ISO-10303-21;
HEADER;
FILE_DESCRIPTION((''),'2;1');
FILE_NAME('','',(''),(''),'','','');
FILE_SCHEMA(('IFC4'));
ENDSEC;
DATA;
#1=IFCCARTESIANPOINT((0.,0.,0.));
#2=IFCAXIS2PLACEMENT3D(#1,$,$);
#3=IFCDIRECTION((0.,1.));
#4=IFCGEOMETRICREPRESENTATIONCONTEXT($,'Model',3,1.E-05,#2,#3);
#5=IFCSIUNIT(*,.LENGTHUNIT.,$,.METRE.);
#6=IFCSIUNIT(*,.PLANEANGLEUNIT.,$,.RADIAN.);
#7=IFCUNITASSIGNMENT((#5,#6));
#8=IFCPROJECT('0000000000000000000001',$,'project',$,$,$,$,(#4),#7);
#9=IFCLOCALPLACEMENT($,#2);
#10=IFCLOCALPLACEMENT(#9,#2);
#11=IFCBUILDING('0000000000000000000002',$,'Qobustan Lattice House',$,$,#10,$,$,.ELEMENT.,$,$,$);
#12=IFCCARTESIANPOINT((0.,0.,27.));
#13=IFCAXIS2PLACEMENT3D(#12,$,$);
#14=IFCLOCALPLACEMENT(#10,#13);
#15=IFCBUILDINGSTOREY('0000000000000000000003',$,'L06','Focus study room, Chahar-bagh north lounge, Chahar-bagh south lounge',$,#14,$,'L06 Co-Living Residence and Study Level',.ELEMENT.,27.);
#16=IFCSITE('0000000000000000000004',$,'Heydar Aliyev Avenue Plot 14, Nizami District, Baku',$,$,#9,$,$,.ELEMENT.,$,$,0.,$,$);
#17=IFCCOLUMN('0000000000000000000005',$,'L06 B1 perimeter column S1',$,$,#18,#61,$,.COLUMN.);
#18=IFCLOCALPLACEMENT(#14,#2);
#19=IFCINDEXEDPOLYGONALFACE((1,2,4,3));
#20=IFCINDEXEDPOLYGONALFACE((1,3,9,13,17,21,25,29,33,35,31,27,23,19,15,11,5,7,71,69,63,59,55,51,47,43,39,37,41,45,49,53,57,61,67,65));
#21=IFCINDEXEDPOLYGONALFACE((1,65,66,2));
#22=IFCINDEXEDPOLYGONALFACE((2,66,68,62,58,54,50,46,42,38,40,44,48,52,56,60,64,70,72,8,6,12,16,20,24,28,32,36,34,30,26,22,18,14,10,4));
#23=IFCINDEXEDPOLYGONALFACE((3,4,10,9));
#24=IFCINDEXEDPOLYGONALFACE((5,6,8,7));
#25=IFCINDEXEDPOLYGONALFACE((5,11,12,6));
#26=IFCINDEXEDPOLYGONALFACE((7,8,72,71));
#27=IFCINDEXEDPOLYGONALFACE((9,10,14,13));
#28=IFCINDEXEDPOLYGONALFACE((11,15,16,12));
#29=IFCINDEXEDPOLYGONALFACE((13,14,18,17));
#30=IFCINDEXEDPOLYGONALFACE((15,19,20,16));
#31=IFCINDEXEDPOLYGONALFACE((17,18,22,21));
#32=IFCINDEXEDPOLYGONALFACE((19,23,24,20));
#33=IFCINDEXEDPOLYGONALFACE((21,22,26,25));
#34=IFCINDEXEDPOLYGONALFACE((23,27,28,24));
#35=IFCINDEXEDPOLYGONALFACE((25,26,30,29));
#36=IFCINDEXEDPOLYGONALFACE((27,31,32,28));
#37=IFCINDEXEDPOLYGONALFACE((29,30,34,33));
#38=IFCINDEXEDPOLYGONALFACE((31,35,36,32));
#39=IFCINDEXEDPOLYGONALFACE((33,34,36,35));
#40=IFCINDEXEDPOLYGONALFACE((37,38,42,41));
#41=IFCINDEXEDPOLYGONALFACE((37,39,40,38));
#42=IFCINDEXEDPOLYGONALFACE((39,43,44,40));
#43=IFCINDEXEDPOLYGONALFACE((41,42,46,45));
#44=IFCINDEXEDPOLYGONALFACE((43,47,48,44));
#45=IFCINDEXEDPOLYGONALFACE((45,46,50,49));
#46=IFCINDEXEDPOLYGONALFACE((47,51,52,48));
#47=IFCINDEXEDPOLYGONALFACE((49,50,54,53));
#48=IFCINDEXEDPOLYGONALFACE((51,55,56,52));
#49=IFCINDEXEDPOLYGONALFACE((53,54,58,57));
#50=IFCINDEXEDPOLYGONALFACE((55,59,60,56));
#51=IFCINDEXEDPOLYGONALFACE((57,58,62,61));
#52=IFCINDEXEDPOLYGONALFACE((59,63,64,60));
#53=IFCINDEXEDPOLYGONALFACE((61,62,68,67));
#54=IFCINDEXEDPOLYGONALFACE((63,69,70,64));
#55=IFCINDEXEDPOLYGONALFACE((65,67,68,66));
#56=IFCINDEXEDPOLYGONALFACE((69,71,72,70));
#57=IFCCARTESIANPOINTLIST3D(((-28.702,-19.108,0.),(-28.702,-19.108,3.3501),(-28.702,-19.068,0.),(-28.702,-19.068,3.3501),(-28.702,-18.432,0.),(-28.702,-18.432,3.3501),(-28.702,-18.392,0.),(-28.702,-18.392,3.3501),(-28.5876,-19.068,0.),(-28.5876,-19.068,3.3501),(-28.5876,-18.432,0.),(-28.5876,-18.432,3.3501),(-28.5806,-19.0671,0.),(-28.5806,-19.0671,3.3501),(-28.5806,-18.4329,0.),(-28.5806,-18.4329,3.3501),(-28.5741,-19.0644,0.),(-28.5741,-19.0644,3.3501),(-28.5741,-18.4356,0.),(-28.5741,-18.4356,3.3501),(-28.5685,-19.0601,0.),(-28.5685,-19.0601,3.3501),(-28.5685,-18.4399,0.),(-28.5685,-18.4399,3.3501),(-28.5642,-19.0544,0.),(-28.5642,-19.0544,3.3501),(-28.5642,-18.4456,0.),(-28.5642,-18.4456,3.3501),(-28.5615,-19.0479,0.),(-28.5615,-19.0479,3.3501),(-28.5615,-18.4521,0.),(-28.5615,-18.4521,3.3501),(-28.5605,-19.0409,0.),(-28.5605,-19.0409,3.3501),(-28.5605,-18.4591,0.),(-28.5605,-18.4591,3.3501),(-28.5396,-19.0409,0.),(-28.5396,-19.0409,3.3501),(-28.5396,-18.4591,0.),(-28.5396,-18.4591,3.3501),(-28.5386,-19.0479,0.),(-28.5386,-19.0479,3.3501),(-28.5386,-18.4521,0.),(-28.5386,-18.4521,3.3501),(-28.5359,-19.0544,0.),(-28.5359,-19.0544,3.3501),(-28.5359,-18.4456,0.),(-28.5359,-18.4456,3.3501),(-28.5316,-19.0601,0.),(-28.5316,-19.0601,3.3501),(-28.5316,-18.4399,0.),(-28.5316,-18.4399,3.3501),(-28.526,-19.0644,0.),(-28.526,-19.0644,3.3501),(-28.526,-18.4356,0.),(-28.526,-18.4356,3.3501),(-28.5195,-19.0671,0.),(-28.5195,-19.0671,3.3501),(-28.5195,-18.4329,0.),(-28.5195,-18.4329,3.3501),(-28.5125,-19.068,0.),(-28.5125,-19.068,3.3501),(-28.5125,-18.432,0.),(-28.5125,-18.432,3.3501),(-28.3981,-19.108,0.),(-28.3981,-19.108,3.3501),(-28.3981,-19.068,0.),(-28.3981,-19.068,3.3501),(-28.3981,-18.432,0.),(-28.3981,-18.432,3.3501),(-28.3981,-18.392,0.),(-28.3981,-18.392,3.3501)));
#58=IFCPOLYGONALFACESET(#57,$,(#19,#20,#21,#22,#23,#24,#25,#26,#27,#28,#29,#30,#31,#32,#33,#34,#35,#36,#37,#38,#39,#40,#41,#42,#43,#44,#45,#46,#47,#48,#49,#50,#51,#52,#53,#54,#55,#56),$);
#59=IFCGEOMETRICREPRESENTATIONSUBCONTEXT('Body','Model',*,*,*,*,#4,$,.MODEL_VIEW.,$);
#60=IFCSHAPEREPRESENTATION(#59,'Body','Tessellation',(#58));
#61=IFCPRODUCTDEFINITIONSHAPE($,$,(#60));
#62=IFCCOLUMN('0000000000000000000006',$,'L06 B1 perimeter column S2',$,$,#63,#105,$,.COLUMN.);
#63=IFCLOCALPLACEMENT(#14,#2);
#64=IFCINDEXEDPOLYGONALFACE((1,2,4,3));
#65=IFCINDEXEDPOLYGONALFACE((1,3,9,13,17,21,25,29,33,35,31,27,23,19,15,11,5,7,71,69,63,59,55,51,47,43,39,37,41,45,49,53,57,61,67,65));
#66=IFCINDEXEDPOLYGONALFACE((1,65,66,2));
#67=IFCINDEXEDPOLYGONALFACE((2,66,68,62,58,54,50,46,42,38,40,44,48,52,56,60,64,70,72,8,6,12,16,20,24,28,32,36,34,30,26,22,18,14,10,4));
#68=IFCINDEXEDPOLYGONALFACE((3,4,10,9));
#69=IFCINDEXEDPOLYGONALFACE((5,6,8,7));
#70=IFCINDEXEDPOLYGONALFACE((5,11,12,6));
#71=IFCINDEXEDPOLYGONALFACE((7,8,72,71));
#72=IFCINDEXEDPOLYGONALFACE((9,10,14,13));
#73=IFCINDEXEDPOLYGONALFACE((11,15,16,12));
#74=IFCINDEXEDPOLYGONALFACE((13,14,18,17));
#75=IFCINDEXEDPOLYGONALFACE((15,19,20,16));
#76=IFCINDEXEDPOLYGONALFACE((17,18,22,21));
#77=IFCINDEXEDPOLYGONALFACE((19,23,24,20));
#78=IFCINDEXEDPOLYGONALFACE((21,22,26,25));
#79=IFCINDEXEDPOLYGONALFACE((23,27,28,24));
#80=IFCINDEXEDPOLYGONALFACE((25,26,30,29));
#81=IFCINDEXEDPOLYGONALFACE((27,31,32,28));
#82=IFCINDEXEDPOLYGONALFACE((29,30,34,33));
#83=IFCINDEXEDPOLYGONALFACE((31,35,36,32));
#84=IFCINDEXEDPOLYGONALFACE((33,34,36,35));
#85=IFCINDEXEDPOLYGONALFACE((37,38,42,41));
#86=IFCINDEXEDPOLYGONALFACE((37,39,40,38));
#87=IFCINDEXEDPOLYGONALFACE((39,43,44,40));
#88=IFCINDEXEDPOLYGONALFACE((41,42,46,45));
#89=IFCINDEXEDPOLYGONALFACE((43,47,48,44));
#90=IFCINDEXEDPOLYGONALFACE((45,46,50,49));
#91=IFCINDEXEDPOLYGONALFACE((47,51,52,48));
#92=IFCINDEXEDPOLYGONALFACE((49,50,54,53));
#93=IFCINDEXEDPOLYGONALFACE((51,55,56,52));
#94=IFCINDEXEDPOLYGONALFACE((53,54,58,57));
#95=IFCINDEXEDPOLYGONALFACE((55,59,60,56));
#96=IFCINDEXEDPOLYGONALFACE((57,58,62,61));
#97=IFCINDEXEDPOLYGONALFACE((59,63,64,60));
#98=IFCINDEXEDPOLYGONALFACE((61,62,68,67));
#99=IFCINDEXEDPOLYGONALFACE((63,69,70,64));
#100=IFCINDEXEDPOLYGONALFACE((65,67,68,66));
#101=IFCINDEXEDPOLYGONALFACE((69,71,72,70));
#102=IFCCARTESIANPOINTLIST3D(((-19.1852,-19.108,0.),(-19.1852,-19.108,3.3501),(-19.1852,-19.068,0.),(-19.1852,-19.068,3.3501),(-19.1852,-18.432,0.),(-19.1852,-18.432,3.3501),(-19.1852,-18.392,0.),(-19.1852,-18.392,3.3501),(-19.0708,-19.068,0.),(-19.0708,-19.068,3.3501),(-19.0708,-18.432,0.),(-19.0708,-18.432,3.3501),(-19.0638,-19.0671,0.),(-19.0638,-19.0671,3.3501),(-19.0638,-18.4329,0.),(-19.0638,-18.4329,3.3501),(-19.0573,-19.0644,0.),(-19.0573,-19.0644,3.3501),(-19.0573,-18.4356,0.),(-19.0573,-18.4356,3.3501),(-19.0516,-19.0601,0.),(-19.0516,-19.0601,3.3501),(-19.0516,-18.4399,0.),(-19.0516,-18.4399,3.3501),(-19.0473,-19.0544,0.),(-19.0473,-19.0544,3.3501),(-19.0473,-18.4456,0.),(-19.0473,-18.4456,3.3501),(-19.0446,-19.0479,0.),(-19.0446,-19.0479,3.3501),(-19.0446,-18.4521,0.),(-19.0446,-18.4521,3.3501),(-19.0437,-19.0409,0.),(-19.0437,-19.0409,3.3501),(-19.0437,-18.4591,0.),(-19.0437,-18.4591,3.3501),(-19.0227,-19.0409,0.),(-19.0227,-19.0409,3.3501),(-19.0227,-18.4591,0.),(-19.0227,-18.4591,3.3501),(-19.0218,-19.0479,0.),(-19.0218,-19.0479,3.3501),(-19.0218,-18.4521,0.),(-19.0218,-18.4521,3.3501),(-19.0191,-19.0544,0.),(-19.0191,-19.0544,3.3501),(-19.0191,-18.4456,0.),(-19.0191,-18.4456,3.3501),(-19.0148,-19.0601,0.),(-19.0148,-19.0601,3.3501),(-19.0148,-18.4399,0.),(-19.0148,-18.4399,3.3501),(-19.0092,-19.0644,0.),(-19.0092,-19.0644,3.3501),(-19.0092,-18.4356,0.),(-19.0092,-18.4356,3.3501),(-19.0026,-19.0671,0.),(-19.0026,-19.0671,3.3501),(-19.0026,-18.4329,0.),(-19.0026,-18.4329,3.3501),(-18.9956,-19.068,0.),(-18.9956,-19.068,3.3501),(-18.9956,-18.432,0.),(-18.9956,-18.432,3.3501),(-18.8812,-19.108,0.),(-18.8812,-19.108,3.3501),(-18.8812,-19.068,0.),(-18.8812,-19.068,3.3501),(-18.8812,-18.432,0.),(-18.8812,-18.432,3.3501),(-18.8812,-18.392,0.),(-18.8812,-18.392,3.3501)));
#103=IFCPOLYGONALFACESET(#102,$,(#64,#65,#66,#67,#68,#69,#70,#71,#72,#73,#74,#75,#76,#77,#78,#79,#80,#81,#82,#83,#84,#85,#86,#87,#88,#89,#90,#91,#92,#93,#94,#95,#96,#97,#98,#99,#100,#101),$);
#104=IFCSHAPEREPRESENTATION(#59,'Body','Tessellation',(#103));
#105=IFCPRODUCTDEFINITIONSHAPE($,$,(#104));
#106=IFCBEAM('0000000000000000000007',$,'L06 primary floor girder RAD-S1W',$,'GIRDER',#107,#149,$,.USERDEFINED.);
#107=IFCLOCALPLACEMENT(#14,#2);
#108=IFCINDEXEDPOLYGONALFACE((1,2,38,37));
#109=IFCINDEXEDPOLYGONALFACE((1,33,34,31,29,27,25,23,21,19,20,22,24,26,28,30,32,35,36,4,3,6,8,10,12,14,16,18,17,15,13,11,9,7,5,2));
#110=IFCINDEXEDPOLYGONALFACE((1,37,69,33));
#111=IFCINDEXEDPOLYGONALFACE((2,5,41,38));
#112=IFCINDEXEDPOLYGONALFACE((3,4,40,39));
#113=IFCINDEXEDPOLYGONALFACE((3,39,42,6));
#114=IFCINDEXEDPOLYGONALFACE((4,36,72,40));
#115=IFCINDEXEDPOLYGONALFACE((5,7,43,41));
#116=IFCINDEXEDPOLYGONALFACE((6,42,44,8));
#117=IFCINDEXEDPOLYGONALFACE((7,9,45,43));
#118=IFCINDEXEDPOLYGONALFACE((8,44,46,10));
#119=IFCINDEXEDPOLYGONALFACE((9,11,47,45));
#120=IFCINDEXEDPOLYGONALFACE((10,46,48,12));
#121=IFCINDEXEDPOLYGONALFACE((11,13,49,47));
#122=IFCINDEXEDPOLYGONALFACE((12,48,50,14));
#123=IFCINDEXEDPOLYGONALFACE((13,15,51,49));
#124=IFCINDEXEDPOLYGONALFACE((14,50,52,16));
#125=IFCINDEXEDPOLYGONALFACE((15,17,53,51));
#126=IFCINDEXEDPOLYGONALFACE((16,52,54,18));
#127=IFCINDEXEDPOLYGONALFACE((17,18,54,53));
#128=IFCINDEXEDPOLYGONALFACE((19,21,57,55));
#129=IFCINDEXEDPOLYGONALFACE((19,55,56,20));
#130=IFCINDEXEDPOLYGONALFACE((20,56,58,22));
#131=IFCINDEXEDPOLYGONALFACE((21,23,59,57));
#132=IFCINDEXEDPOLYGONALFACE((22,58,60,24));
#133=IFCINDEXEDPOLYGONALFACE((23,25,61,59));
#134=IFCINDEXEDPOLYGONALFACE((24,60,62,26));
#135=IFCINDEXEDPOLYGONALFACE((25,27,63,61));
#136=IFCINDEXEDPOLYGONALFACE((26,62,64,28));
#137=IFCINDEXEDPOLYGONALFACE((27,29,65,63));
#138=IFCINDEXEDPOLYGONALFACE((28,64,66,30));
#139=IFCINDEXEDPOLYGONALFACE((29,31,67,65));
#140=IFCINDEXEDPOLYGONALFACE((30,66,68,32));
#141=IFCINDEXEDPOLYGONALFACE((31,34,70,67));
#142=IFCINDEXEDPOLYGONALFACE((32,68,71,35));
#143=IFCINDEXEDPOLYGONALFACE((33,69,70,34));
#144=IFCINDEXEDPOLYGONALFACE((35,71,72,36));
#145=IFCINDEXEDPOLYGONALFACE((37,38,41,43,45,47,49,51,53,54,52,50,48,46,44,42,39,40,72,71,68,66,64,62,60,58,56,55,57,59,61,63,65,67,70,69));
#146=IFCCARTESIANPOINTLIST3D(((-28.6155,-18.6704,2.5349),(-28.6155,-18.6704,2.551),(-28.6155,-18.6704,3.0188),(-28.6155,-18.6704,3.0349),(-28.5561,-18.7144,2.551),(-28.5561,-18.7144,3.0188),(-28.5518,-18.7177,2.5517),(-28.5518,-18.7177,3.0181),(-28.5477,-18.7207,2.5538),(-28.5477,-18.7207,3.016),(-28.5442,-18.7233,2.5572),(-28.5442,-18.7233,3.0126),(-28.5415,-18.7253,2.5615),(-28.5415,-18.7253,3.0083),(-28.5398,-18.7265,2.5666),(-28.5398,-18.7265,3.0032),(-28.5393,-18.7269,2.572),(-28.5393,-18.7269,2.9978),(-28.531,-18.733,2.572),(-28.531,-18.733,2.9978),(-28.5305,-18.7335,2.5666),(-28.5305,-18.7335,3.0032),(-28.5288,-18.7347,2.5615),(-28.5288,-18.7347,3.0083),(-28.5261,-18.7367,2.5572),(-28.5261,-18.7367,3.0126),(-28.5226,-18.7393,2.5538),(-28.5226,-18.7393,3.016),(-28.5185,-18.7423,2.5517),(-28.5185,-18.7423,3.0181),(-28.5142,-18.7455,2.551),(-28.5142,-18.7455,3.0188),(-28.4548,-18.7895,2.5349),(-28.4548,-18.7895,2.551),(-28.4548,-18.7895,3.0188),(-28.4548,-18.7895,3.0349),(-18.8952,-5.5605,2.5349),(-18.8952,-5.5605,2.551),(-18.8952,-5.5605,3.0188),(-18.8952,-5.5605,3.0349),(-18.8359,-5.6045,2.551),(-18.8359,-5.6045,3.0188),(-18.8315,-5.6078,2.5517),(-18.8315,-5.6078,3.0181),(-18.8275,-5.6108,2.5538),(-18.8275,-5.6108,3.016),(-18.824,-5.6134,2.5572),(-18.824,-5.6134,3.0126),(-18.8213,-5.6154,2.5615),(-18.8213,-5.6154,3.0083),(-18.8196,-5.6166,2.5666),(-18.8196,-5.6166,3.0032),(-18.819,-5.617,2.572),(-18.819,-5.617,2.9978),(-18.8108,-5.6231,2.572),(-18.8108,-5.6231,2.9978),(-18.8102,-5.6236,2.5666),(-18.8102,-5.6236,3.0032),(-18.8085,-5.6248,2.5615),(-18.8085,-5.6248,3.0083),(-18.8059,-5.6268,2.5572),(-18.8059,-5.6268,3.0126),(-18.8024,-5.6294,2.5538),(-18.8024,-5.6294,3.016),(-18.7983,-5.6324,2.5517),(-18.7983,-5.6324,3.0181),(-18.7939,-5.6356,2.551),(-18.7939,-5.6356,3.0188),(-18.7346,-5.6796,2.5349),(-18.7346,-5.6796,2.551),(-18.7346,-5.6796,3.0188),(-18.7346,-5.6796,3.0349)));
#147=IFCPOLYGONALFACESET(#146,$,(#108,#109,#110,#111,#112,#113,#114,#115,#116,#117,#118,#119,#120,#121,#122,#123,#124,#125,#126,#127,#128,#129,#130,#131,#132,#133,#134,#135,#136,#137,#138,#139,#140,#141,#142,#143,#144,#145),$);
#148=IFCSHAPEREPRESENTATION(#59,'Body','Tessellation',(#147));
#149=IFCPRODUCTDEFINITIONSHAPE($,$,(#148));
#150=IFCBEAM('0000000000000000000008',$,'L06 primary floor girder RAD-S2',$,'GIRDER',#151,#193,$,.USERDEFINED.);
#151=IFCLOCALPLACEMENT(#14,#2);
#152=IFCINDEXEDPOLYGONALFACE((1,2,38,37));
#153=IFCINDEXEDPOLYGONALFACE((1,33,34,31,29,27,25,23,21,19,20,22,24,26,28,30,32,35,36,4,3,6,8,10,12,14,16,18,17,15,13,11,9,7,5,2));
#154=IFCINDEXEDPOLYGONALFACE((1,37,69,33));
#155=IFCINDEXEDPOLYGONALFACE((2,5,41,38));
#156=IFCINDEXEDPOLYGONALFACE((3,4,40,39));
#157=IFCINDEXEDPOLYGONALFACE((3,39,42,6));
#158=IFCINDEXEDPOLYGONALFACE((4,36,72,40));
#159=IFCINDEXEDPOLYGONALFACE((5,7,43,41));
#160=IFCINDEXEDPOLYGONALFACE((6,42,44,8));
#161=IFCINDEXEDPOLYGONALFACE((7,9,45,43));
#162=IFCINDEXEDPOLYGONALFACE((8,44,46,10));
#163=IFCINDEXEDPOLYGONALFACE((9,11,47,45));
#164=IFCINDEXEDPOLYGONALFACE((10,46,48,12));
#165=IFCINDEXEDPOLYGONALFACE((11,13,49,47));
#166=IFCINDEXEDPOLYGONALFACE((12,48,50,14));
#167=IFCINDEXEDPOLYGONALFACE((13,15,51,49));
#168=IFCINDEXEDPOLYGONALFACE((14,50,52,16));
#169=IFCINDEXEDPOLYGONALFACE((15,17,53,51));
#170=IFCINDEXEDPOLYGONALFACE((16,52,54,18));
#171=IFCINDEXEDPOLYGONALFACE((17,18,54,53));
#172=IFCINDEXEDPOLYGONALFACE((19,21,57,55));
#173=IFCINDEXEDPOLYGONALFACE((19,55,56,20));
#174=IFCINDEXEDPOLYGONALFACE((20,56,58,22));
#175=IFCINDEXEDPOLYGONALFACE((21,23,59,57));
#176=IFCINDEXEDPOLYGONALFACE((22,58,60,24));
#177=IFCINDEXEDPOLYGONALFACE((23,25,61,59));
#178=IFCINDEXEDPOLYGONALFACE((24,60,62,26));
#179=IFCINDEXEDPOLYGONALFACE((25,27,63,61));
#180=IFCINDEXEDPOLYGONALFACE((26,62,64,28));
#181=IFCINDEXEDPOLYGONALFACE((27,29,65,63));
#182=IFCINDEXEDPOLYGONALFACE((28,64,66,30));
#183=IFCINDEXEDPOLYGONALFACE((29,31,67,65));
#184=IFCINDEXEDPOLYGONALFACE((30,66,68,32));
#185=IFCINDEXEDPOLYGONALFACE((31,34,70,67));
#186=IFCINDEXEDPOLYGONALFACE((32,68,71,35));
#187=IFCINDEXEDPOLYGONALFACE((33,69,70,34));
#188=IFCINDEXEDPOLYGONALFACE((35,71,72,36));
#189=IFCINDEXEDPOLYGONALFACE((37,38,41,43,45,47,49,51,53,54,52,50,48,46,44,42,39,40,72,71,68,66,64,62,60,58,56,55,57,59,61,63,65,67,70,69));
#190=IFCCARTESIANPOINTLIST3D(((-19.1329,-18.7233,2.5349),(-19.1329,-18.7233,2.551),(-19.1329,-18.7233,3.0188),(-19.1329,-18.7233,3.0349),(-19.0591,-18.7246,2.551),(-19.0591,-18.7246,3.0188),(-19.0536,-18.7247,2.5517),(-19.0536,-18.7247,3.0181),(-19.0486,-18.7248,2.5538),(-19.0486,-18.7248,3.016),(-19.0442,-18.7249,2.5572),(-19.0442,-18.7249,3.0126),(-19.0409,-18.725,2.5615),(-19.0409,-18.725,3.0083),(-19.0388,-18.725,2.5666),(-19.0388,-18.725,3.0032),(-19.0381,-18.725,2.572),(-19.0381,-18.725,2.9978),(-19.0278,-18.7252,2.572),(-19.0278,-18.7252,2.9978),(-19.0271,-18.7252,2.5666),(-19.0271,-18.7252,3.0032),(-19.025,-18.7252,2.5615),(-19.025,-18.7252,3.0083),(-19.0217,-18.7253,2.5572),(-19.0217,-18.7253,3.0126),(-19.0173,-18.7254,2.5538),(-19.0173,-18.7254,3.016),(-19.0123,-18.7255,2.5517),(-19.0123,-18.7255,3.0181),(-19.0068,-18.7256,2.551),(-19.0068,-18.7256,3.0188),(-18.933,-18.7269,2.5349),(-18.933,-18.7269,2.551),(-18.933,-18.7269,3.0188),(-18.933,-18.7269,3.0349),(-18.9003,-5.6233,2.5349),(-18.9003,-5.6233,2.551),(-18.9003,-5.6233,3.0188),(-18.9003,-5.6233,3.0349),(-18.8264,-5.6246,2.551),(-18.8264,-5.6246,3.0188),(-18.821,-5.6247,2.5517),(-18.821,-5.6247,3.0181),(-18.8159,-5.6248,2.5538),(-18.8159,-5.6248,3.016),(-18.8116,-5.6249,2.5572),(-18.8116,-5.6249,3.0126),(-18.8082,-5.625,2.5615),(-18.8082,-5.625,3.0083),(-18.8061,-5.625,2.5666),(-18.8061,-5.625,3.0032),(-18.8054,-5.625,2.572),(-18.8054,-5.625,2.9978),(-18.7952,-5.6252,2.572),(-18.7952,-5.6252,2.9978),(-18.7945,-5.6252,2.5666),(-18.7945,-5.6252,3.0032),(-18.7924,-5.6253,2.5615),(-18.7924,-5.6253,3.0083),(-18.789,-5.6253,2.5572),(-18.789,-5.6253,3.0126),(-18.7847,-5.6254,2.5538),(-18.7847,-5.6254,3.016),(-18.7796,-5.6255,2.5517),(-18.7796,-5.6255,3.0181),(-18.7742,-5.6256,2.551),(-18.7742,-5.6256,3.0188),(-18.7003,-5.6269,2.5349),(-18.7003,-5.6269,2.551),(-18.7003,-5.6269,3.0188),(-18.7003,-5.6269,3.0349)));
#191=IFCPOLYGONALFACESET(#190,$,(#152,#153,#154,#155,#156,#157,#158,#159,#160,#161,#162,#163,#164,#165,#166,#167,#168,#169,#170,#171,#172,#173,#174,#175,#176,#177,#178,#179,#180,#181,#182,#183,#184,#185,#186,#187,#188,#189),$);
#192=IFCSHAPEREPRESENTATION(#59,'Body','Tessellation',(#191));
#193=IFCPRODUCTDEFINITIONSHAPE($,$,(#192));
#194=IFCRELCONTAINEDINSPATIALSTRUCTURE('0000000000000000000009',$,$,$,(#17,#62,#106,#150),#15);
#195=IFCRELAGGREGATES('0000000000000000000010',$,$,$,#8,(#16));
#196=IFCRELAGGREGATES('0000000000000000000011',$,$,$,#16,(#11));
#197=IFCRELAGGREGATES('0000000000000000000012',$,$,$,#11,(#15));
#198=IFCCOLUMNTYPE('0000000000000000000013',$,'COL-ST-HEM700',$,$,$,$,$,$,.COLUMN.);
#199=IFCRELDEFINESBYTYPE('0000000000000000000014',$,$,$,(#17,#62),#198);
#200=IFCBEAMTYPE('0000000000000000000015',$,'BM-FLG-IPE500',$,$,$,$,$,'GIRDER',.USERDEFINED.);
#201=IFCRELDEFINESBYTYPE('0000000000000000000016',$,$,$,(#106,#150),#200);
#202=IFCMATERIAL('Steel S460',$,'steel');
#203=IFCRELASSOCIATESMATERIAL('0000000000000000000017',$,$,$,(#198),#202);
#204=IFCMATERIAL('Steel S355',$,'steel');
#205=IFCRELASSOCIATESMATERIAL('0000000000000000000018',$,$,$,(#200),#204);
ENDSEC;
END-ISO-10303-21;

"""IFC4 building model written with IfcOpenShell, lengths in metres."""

from ifc_helpers import new_model, si_unit, direction, frame, origin, origin_2d, place, context, subcontext, project, spatial, i_section, extrude, material, material_profile, profile_set, type_object, element, save


model = new_model("IFC4")

# Units and contexts
model_context = context("Model", 3, precision=1e-05, world=origin(), true_north=direction((0.0, 1.0)))
body_context = subcontext(model_context, "Body", "Model", "MODEL_VIEW")
ifc_project = project(units=[si_unit("LENGTHUNIT", "METRE"), si_unit("PLANEANGLEUNIT", "RADIAN")], contexts=[model_context])

# Site, building, storey
site_placement = place(None, origin())
site = spatial("IfcSite", under=ifc_project, at=site_placement, Name="Heydar Aliyev Avenue Plot 14, Nizami District, Baku", CompositionType="ELEMENT", RefElevation=0.0)
building_placement = place(site_placement, origin())
building = spatial("IfcBuilding", under=site, at=building_placement, Name="Qobustan Lattice House", CompositionType="ELEMENT")
storey_placement = place(building_placement, frame((0.0, 0.0, 27.0)))
storey = spatial("IfcBuildingStorey", under=building, at=storey_placement, Name="L06", Description="Focus study room, Chahar-bagh north lounge, Chahar-bagh south lounge", LongName="L06 Co-Living Residence and Study Level", CompositionType="ELEMENT", Elevation=27.0)

# Columns
ifc_material_1 = material(Name="Steel S460", Category="steel")
ifc_material_profile_1 = material_profile(ifc_material_1, i_section(OverallWidth=0.304, OverallDepth=0.7161, WebThickness=0.021, FlangeThickness=0.04, FilletRadius=0.0271, at=origin_2d()), Name="HEM700")
ifc_profile_set_1 = profile_set([ifc_material_profile_1], Name="Steel S460")
column_type = type_object("IfcColumnType", Name="COL-ST-HEM700", PredefinedType="COLUMN", material=ifc_profile_set_1)
for number, where, z_axis, x_axis, name in (
    (1, (-28.55, -18.75, 0.0), (0.0, 0.0, 1.0), (1.0, 0.0, 0.0), "L06 B1 perimeter column S1"),
    (2, (-19.0332, -18.75, 0.0), (0.0, 0.0, 1.0), (1.0, 0.0, 0.0), "L06 B1 perimeter column S2"),
):
    element("IfcColumn", number, at=place(storey_placement, frame(where, z_axis=z_axis, x_axis=x_axis)), inside=storey, type_object=column_type, Name=name, PredefinedType="COLUMN", context=body_context, shape_type="SweptSolid", body=[
        extrude(i_section(OverallWidth=0.304, OverallDepth=0.7161, WebThickness=0.021, FlangeThickness=0.04, FilletRadius=0.0271, at=origin_2d()), origin(), (0.0, 0.0, 1.0), 3.3501),
    ])

# Beams
ifc_material_2 = material(Name="Steel S355", Category="steel")
ifc_material_profile_2 = material_profile(ifc_material_2, i_section(OverallWidth=0.2, OverallDepth=0.5, WebThickness=0.0103, FlangeThickness=0.0161, FilletRadius=0.021, at=origin_2d()), Name="IPE500")
ifc_profile_set_2 = profile_set([ifc_material_profile_2], Name="Steel S355")
beam_type_1 = type_object("IfcBeamType", Name="BM-FLG-IPE500", ElementType="GIRDER", PredefinedType="USERDEFINED", material=ifc_profile_set_2)
beam_1_placement = place(storey_placement, frame((-28.5352, -18.73, 2.7849), z_axis=(0.595592, 0.803287, 0.0), x_axis=(-0.803287, 0.595592, 0.0)))
element("IfcBeam", 3, at=beam_1_placement, inside=storey, type_object=beam_type_1, Name="L06 primary floor girder RAD-S1W", ObjectType="GIRDER", PredefinedType="USERDEFINED", context=body_context, shape_type="SweptSolid", body=[
    extrude(i_section(OverallWidth=0.2, OverallDepth=0.5, WebThickness=0.0103, FlangeThickness=0.0161, FilletRadius=0.021, at=origin_2d()), origin(), (0.0, 0.0, 1.0), 16.3203),
])
beam_2_placement = place(storey_placement, frame((-19.033, -18.7251, 2.7849), z_axis=(0.017758, 0.999842, 0.0), x_axis=(-0.999842, 0.017758, 0.0)))
element("IfcBeam", 4, at=beam_2_placement, inside=storey, type_object=beam_type_1, Name="L06 primary floor girder RAD-S2", ObjectType="GIRDER", PredefinedType="USERDEFINED", context=body_context, shape_type="SweptSolid", body=[
    extrude(i_section(OverallWidth=0.2, OverallDepth=0.5, WebThickness=0.0103, FlangeThickness=0.0161, FilletRadius=0.021, at=origin_2d()), origin(), (0.0, 0.0, 1.0), 13.1021),
])

save(model, "model.ifc")
